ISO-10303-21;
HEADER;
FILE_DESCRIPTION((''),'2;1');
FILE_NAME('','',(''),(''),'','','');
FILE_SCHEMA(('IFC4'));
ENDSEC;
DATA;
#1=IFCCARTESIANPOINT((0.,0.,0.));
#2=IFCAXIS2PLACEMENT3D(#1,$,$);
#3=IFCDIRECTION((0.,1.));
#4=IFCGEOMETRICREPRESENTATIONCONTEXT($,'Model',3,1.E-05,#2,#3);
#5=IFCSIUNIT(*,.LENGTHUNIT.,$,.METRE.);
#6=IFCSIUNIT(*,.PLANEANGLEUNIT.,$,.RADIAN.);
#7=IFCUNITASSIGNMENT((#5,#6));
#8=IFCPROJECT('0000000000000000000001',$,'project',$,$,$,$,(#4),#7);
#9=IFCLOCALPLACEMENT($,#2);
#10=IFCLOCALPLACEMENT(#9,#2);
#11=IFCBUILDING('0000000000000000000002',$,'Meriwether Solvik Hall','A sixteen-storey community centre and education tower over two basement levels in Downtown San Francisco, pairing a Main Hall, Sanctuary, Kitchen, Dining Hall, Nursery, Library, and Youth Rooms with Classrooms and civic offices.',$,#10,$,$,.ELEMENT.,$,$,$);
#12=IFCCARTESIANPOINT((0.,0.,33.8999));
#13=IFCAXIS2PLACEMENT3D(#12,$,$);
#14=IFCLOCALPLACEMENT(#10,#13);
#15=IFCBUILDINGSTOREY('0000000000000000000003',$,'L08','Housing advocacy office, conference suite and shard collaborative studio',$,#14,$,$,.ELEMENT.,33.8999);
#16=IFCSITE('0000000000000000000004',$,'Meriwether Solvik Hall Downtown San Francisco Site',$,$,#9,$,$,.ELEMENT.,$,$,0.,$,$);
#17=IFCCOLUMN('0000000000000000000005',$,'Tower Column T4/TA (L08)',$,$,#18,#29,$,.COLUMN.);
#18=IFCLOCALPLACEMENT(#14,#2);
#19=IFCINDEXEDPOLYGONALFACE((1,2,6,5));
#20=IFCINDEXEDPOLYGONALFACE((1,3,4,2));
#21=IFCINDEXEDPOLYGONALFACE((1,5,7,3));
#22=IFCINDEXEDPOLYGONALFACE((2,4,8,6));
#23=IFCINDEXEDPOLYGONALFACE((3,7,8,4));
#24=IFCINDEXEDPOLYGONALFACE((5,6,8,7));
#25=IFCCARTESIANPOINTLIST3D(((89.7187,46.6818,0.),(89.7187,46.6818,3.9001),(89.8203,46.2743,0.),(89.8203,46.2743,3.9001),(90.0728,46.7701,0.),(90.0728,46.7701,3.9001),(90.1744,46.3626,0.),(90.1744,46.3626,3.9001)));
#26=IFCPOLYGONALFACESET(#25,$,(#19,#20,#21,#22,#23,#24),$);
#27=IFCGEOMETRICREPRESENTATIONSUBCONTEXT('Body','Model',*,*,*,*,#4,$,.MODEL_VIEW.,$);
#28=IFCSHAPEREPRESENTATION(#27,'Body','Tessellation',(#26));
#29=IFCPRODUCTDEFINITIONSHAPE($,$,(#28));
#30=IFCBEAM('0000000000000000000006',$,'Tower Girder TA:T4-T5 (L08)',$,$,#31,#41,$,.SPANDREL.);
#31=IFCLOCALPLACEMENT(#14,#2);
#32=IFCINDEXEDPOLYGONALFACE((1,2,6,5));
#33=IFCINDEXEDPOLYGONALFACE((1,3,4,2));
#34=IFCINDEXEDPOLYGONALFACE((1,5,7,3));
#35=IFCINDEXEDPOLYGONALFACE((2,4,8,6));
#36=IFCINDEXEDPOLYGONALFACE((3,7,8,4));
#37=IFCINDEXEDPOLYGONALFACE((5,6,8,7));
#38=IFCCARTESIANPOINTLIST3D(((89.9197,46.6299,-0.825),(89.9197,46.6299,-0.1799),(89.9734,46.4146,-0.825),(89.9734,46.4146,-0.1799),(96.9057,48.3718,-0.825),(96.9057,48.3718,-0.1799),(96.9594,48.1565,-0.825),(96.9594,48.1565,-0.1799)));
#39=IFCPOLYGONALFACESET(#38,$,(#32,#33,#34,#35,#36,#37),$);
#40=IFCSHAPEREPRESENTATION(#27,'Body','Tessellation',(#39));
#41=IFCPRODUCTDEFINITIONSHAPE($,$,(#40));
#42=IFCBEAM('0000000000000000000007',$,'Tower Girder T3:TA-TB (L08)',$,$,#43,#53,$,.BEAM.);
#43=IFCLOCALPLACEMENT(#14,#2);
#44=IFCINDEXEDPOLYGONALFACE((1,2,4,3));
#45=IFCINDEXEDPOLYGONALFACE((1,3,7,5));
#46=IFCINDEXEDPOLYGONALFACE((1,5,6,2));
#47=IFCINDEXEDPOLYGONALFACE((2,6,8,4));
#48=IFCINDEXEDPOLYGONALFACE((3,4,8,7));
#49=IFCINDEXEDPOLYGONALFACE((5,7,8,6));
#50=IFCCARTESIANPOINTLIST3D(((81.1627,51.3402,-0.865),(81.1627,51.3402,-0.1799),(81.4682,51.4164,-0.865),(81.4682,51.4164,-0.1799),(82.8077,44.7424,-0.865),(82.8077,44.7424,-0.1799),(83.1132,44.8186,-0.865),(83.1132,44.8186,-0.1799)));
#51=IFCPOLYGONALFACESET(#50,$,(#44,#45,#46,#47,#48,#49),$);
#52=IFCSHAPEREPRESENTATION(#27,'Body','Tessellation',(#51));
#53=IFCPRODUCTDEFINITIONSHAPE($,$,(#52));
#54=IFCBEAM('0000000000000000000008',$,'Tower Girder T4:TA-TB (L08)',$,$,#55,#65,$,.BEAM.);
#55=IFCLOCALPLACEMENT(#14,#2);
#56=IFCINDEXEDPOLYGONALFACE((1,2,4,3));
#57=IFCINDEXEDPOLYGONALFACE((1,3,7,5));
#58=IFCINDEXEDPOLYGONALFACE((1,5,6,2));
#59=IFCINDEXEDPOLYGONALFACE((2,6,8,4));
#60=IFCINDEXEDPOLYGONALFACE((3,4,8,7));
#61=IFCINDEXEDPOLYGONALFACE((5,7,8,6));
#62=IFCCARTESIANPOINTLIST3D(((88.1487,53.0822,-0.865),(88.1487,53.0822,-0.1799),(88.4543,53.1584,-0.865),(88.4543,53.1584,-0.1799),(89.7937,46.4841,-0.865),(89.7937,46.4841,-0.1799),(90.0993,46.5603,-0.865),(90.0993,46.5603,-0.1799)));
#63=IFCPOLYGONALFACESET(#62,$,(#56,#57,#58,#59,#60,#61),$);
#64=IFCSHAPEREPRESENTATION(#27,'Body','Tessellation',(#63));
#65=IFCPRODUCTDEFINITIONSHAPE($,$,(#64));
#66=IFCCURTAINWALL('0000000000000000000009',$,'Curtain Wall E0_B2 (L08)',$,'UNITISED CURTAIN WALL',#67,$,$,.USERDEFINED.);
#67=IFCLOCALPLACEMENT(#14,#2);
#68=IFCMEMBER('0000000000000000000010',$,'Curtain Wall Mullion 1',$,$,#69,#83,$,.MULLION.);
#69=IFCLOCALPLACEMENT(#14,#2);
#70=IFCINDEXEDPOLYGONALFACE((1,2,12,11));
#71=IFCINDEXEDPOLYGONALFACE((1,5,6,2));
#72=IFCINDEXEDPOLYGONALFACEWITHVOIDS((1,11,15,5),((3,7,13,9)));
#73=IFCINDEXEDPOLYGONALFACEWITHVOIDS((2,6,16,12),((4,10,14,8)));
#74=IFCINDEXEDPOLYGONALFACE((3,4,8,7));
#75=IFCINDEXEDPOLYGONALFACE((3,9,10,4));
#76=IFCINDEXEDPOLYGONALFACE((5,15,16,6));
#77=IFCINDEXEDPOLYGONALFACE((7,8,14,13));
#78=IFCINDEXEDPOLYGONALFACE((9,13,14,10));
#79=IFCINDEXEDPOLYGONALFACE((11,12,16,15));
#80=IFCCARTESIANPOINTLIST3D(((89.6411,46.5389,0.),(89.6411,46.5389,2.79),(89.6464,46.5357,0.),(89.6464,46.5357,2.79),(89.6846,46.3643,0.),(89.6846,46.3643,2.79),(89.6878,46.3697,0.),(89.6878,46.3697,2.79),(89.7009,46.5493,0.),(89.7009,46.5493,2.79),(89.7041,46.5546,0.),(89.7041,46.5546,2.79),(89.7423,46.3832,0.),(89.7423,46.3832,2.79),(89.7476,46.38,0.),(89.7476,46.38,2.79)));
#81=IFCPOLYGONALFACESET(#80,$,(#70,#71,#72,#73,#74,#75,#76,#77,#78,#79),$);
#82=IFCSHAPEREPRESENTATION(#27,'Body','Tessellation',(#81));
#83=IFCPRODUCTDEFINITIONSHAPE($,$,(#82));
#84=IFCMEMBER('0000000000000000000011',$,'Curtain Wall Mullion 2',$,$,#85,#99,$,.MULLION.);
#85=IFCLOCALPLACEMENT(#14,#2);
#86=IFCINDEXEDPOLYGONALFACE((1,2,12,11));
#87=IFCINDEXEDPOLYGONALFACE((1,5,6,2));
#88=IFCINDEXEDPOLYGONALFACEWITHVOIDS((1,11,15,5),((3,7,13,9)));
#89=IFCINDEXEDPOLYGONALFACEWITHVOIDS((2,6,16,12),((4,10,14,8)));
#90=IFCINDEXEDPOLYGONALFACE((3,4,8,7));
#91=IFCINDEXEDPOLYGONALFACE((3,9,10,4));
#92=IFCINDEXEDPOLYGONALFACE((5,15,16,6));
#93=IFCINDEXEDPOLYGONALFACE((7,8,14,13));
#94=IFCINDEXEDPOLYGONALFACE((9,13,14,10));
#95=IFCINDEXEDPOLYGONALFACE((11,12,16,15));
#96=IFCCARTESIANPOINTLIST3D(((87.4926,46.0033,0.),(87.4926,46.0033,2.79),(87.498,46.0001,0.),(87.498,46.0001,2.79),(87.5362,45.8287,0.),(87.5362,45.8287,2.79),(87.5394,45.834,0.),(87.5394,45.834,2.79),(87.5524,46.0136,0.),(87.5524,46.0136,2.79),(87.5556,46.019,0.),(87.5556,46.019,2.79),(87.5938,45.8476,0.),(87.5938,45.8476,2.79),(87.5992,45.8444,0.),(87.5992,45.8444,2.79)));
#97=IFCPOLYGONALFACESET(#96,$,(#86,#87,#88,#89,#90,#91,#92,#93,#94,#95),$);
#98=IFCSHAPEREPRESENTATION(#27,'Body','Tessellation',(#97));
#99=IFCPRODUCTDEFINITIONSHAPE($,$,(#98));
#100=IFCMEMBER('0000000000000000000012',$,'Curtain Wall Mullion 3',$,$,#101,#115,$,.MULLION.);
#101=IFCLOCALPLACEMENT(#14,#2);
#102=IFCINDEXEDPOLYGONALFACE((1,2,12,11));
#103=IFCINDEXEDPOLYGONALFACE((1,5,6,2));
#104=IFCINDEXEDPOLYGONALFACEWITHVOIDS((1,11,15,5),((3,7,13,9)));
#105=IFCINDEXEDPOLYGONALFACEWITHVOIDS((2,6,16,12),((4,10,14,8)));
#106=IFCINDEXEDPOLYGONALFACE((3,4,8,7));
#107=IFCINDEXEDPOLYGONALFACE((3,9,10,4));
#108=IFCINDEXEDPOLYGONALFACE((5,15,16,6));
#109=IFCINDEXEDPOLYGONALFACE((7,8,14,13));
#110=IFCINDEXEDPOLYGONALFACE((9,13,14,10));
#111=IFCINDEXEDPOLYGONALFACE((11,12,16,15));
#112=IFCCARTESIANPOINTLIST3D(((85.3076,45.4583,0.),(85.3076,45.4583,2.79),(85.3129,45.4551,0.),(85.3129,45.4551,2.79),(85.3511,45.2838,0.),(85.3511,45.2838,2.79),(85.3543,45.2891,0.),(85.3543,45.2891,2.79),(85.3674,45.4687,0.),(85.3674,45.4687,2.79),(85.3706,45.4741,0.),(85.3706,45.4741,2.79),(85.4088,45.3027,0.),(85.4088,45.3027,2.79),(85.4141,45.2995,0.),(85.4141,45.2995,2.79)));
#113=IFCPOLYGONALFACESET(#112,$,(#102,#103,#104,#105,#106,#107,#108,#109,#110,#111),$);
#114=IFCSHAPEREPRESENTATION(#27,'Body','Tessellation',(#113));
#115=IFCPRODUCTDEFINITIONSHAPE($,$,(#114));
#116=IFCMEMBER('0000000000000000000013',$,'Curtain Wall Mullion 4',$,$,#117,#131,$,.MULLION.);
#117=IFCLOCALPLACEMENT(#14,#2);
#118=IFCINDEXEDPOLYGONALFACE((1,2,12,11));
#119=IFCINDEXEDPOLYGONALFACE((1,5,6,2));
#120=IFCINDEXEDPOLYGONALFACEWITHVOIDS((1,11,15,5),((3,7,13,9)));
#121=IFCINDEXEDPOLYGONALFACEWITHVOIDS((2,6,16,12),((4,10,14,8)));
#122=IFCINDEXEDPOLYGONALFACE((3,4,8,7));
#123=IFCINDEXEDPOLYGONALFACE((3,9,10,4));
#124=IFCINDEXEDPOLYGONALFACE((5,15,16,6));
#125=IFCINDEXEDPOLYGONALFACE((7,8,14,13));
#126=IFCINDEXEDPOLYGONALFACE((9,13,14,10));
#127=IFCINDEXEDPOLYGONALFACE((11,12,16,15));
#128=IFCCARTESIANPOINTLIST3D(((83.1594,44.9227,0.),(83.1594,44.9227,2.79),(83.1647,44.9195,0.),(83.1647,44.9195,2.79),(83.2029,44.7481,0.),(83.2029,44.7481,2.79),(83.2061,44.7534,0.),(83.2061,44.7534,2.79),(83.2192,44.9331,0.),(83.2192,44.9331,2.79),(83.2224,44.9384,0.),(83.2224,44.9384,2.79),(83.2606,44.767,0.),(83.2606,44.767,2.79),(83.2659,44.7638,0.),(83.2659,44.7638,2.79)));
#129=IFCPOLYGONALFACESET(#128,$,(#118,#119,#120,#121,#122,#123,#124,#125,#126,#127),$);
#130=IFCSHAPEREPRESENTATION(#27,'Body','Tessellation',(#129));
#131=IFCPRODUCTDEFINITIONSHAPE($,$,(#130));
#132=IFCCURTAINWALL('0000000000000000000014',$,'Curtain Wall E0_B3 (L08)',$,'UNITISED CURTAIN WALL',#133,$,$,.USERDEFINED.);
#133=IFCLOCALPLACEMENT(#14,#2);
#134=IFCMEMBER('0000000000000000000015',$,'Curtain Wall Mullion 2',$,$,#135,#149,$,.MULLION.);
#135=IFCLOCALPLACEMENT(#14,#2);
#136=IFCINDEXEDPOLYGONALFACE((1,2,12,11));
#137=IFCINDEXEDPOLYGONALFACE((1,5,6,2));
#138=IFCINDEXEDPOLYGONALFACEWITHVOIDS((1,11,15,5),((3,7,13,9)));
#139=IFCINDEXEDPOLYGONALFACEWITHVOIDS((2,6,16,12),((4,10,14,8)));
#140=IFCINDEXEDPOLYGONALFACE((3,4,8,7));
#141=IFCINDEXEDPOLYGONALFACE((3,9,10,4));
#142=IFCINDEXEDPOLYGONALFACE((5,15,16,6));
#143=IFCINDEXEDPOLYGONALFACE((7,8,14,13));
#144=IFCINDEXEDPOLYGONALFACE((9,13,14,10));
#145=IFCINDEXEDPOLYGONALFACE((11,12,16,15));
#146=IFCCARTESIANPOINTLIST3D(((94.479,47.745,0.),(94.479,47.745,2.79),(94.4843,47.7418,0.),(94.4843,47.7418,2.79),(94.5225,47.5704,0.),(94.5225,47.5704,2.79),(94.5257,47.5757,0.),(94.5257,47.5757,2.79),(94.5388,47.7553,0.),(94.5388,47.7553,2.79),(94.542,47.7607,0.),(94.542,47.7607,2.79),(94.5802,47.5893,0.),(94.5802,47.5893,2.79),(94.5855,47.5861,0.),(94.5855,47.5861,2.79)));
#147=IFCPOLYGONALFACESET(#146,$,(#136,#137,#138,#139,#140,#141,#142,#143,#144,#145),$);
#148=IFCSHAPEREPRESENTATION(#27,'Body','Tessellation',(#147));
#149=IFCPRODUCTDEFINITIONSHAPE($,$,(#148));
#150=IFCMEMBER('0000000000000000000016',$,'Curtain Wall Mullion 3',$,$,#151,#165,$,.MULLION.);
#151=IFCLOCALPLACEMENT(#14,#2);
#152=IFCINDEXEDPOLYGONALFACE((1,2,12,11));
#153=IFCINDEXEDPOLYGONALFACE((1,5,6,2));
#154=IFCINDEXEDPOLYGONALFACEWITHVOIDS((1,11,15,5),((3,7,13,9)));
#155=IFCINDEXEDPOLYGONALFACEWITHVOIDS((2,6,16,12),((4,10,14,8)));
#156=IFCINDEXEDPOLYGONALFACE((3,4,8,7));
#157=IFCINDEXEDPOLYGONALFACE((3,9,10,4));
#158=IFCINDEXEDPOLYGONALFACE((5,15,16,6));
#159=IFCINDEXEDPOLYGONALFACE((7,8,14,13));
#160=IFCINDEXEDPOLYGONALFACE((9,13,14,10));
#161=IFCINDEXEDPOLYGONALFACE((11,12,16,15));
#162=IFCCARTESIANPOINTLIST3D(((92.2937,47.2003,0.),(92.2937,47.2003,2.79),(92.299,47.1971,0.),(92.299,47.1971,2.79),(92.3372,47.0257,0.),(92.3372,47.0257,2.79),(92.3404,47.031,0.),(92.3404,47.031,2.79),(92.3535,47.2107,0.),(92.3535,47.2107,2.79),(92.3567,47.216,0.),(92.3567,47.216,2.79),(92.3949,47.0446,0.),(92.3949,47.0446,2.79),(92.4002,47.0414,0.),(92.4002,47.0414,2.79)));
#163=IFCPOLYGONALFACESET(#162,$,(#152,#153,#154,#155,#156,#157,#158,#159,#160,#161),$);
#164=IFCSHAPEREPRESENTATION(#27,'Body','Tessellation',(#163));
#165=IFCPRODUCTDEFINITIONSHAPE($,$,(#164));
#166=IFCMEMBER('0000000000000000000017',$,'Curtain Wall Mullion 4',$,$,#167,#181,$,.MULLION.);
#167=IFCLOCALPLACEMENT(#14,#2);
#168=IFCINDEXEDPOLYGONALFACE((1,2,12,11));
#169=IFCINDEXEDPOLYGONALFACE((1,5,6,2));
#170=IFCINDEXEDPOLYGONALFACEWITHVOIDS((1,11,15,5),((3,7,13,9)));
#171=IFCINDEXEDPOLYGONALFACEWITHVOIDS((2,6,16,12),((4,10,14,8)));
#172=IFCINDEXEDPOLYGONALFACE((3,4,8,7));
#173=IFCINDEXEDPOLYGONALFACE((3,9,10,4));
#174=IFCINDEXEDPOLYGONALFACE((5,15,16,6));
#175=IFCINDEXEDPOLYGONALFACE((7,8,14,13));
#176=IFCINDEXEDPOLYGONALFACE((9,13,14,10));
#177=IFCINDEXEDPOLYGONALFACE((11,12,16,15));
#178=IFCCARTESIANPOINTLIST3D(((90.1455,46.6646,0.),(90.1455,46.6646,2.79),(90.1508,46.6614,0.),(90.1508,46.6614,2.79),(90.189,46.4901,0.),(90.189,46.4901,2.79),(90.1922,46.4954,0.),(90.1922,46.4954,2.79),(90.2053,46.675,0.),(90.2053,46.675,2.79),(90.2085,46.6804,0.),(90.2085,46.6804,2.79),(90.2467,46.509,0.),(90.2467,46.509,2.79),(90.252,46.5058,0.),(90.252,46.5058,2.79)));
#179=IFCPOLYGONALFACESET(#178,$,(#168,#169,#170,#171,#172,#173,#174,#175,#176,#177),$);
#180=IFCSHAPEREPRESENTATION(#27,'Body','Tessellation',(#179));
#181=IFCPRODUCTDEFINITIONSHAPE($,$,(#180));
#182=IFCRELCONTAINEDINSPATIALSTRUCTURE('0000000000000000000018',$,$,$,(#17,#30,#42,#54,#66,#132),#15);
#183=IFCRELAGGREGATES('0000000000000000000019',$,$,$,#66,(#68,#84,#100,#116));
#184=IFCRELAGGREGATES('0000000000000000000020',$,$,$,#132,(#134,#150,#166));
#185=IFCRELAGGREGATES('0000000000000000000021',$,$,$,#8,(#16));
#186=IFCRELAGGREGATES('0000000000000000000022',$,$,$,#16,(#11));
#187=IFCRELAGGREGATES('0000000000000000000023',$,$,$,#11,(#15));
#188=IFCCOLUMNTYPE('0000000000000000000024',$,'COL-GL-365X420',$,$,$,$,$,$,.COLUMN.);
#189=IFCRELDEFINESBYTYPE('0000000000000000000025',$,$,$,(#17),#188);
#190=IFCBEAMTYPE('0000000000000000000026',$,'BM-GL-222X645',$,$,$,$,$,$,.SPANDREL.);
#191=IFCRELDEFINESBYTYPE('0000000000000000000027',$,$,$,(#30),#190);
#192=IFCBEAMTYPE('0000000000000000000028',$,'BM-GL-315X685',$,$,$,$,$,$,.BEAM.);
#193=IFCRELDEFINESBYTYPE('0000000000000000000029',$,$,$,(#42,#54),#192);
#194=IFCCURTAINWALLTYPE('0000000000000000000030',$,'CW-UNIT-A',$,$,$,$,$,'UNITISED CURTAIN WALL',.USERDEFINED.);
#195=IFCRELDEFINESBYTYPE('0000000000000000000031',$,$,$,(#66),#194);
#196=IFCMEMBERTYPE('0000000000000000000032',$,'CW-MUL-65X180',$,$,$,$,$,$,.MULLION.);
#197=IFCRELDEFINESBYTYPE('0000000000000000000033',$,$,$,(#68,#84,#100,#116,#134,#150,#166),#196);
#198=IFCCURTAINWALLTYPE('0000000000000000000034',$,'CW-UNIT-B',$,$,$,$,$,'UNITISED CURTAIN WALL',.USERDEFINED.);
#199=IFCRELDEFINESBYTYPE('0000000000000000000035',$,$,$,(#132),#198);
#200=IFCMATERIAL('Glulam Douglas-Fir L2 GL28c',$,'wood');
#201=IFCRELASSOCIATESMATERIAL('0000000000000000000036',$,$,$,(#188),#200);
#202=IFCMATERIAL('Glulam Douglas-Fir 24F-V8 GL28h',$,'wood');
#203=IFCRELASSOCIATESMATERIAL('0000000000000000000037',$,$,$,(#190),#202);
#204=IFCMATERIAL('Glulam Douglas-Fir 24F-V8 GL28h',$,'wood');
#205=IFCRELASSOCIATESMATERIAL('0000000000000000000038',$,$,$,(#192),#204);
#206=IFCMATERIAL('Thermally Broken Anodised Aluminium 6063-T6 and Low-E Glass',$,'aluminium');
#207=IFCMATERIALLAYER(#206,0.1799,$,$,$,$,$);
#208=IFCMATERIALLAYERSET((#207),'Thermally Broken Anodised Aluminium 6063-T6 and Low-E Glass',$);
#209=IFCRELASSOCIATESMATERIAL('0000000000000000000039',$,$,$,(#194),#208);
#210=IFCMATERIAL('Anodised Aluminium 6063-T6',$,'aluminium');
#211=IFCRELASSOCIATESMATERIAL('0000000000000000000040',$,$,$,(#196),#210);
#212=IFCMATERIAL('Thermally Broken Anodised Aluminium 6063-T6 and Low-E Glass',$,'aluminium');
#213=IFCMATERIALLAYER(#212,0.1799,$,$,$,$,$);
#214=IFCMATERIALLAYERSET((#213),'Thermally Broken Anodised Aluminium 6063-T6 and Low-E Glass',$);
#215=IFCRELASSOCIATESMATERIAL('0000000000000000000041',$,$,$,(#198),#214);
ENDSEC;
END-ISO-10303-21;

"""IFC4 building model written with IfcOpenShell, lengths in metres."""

from ifc_helpers import new_model, si_unit, direction, frame, origin, origin_2d, place, context, subcontext, project, spatial, rectangle, hollow_rectangle, extrude, material, layer, layer_set, material_profile, profile_set, type_object, element, aggregate, save


model = new_model("IFC4")

# Units and contexts
model_context = context("Model", 3, precision=1e-05, world=origin(), true_north=direction((0.0, 1.0)))
body_context = subcontext(model_context, "Body", "Model", "MODEL_VIEW")
ifc_project = project(units=[si_unit("LENGTHUNIT", "METRE"), si_unit("PLANEANGLEUNIT", "RADIAN")], contexts=[model_context])

# Site, building, storey
site_placement = place(None, origin())
site = spatial("IfcSite", under=ifc_project, at=site_placement, Name="Meriwether Solvik Hall Downtown San Francisco Site", CompositionType="ELEMENT", RefElevation=0.0)
building_placement = place(site_placement, origin())
building = spatial("IfcBuilding", under=site, at=building_placement, Name="Meriwether Solvik Hall", Description="A sixteen-storey community centre and education tower over two basement levels in Downtown San Francisco, pairing a Main Hall, Sanctuary, Kitchen, Dining Hall, Nursery, Library, and Youth Rooms with Classrooms and civic offices.", CompositionType="ELEMENT")
storey_placement = place(building_placement, frame((0.0, 0.0, 33.8999)))
storey = spatial("IfcBuildingStorey", under=building, at=storey_placement, Name="L08", Description="Housing advocacy office, conference suite and shard collaborative studio", CompositionType="ELEMENT", Elevation=33.8999)

# Column
ifc_material_1 = material(Name="Glulam Douglas-Fir L2 GL28c", Category="wood")
ifc_material_profile_1 = material_profile(ifc_material_1, rectangle(XDim=0.365, YDim=0.4199, at=origin_2d()), Name="GLC-365X420")
ifc_profile_set_1 = profile_set([ifc_material_profile_1], Name="Glulam Douglas-Fir L2 GL28c")
column_type = type_object("IfcColumnType", Name="COL-GL-365X420", PredefinedType="COLUMN", material=ifc_profile_set_1)
column_placement = place(storey_placement, frame((89.9465, 46.5222, 0.0), z_axis=(0.0, 0.0, 1.0), x_axis=(0.970296, 0.241922, 0.0)))
element("IfcColumn", 1, at=column_placement, inside=storey, type_object=column_type, Name="Tower Column T4/TA (L08)", PredefinedType="COLUMN", context=body_context, shape_type="SweptSolid", body=[
    extrude(rectangle(XDim=0.365, YDim=0.4199, at=origin_2d()), origin(), (0.0, 0.0, 1.0), 3.9001),
])

# Beams
ifc_material_2 = material(Name="Glulam Douglas-Fir 24F-V8 GL28h", Category="wood")
ifc_material_profile_2 = material_profile(ifc_material_2, rectangle(XDim=0.2219, YDim=0.645, at=origin_2d()), Name="GLB-222X645")
ifc_profile_set_2 = profile_set([ifc_material_profile_2], Name="Glulam Douglas-Fir 24F-V8 GL28h")
beam_type_1 = type_object("IfcBeamType", Name="BM-GL-222X645", PredefinedType="SPANDREL", material=ifc_profile_set_2)
beam_1_placement = place(storey_placement, frame((89.9465, 46.5222, -0.5024), z_axis=(0.970292, 0.241937, 0.0), x_axis=(-0.241937, 0.970292, 0.0)))
element("IfcBeam", 2, at=beam_1_placement, inside=storey, type_object=beam_type_1, Name="Tower Girder TA:T4-T5 (L08)", PredefinedType="SPANDREL", context=body_context, shape_type="SweptSolid", body=[
    extrude(rectangle(XDim=0.2219, YDim=0.645, at=origin_2d()), origin(), (0.0, 0.0, 1.0), 7.2),
])
ifc_material_3 = material(Name="Glulam Douglas-Fir 24F-V8 GL28h", Category="wood")
ifc_material_profile_3 = material_profile(ifc_material_3, rectangle(XDim=0.3149, YDim=0.6851, at=origin_2d()), Name="GLB-315X685")
ifc_profile_set_3 = profile_set([ifc_material_profile_3], Name="Glulam Douglas-Fir 24F-V8 GL28h")
beam_type_2 = type_object("IfcBeamType", Name="BM-GL-315X685", PredefinedType="BEAM", material=ifc_profile_set_3)
beam_2_placement = place(storey_placement, frame((82.9604, 44.7805, -0.5225), z_axis=(-0.241919, 0.970296, 0.0), x_axis=(-0.970296, -0.241919, 0.0)))
element("IfcBeam", 3, at=beam_2_placement, inside=storey, type_object=beam_type_2, Name="Tower Girder T3:TA-TB (L08)", PredefinedType="BEAM", context=body_context, shape_type="SweptSolid", body=[
    extrude(rectangle(XDim=0.3149, YDim=0.6851, at=origin_2d()), origin(), (0.0, 0.0, 1.0), 6.7998),
])
beam_3_placement = place(storey_placement, frame((89.9465, 46.5222, -0.5225), z_axis=(-0.24191, 0.970299, 0.0), x_axis=(-0.970299, -0.24191, 0.0)))
element("IfcBeam", 4, at=beam_3_placement, inside=storey, type_object=beam_type_2, Name="Tower Girder T4:TA-TB (L08)", PredefinedType="BEAM", context=body_context, shape_type="SweptSolid", body=[
    extrude(rectangle(XDim=0.3149, YDim=0.6851, at=origin_2d()), origin(), (0.0, 0.0, 1.0), 6.8),
])

# Curtain walls, members
ifc_material_4 = material(Name="Thermally Broken Anodised Aluminium 6063-T6 and Low-E Glass", Category="aluminium")
ifc_layer_1 = layer(ifc_material_4, 0.1799)
ifc_layer_set_1 = layer_set([ifc_layer_1], Name="Thermally Broken Anodised Aluminium 6063-T6 and Low-E Glass")
curtain_wall_type_1 = type_object("IfcCurtainWallType", Name="CW-UNIT-A", ElementType="UNITISED CURTAIN WALL", PredefinedType="USERDEFINED", material=ifc_layer_set_1)
curtain_wall_1_placement = place(storey_placement, origin())
curtain_wall_1 = element("IfcCurtainWall", 5, at=curtain_wall_1_placement, inside=storey, type_object=curtain_wall_type_1, Name="Curtain Wall E0_B2 (L08)", ObjectType="UNITISED CURTAIN WALL", PredefinedType="USERDEFINED")
ifc_material_5 = material(Name="Anodised Aluminium 6063-T6", Category="aluminium")
ifc_material_profile_4 = material_profile(ifc_material_5, hollow_rectangle(XDim=0.0649, YDim=0.1799, WallThickness=0.0044, at=origin_2d()), Name="CWM-65X180")
ifc_profile_set_4 = profile_set([ifc_material_profile_4], Name="Anodised Aluminium 6063-T6")
member_type_1 = type_object("IfcMemberType", Name="CW-MUL-65X180", PredefinedType="MULLION", material=ifc_profile_set_4)
member_1_placement = place(storey_placement, frame((89.6943, 46.4595, 0.0), z_axis=(0.0, 0.0, 1.0), x_axis=(-0.970296, -0.241922, 0.0)))
member_1 = element("IfcMember", 6, at=member_1_placement, type_object=member_type_1, Name="Curtain Wall Mullion 1", PredefinedType="MULLION", context=body_context, shape_type="SweptSolid", body=[
    extrude(hollow_rectangle(XDim=0.0649, YDim=0.1799, WallThickness=0.0044, at=origin_2d()), origin(), (0.0, 0.0, 1.0), 2.79),
])
member_2_placement = place(storey_placement, frame((87.5459, 45.9238, 0.0), z_axis=(0.0, 0.0, 1.0), x_axis=(-0.970296, -0.241922, 0.0)))
member_2 = element("IfcMember", 7, at=member_2_placement, type_object=member_type_1, Name="Curtain Wall Mullion 2", PredefinedType="MULLION", context=body_context, shape_type="SweptSolid", body=[
    extrude(hollow_rectangle(XDim=0.0649, YDim=0.1799, WallThickness=0.0044, at=origin_2d()), origin(), (0.0, 0.0, 1.0), 2.79),
])
member_3_placement = place(storey_placement, frame((85.3608, 45.3789, 0.0), z_axis=(0.0, 0.0, 1.0), x_axis=(-0.970296, -0.241922, 0.0)))
member_3 = element("IfcMember", 8, at=member_3_placement, type_object=member_type_1, Name="Curtain Wall Mullion 3", PredefinedType="MULLION", context=body_context, shape_type="SweptSolid", body=[
    extrude(hollow_rectangle(XDim=0.0649, YDim=0.1799, WallThickness=0.0044, at=origin_2d()), origin(), (0.0, 0.0, 1.0), 2.79),
])
member_4_placement = place(storey_placement, frame((83.2126, 44.8433, 0.0), z_axis=(0.0, 0.0, 1.0), x_axis=(-0.970296, -0.241922, 0.0)))
member_4 = element("IfcMember", 9, at=member_4_placement, type_object=member_type_1, Name="Curtain Wall Mullion 4", PredefinedType="MULLION", context=body_context, shape_type="SweptSolid", body=[
    extrude(hollow_rectangle(XDim=0.0649, YDim=0.1799, WallThickness=0.0044, at=origin_2d()), origin(), (0.0, 0.0, 1.0), 2.79),
])
ifc_material_6 = material(Name="Thermally Broken Anodised Aluminium 6063-T6 and Low-E Glass", Category="aluminium")
ifc_layer_2 = layer(ifc_material_6, 0.1799)
ifc_layer_set_2 = layer_set([ifc_layer_2], Name="Thermally Broken Anodised Aluminium 6063-T6 and Low-E Glass")
curtain_wall_type_2 = type_object("IfcCurtainWallType", Name="CW-UNIT-B", ElementType="UNITISED CURTAIN WALL", PredefinedType="USERDEFINED", material=ifc_layer_set_2)
curtain_wall_2_placement = place(storey_placement, origin())
curtain_wall_2 = element("IfcCurtainWall", 10, at=curtain_wall_2_placement, inside=storey, type_object=curtain_wall_type_2, Name="Curtain Wall E0_B3 (L08)", ObjectType="UNITISED CURTAIN WALL", PredefinedType="USERDEFINED")
member_5_placement = place(storey_placement, frame((94.5322, 47.6655, 0.0), z_axis=(0.0, 0.0, 1.0), x_axis=(-0.970296, -0.241922, 0.0)))
member_5 = element("IfcMember", 11, at=member_5_placement, type_object=member_type_1, Name="Curtain Wall Mullion 2", PredefinedType="MULLION", context=body_context, shape_type="SweptSolid", body=[
    extrude(hollow_rectangle(XDim=0.0649, YDim=0.1799, WallThickness=0.0044, at=origin_2d()), origin(), (0.0, 0.0, 1.0), 2.79),
])
member_6_placement = place(storey_placement, frame((92.3469, 47.1208, 0.0), z_axis=(0.0, 0.0, 1.0), x_axis=(-0.970296, -0.241922, 0.0)))
member_6 = element("IfcMember", 12, at=member_6_placement, type_object=member_type_1, Name="Curtain Wall Mullion 3", PredefinedType="MULLION", context=body_context, shape_type="SweptSolid", body=[
    extrude(hollow_rectangle(XDim=0.0649, YDim=0.1799, WallThickness=0.0044, at=origin_2d()), origin(), (0.0, 0.0, 1.0), 2.79),
])
member_7_placement = place(storey_placement, frame((90.1987, 46.5852, 0.0), z_axis=(0.0, 0.0, 1.0), x_axis=(-0.970296, -0.241922, 0.0)))
member_7 = element("IfcMember", 13, at=member_7_placement, type_object=member_type_1, Name="Curtain Wall Mullion 4", PredefinedType="MULLION", context=body_context, shape_type="SweptSolid", body=[
    extrude(hollow_rectangle(XDim=0.0649, YDim=0.1799, WallThickness=0.0044, at=origin_2d()), origin(), (0.0, 0.0, 1.0), 2.79),
])

aggregate(curtain_wall_1, [member_1, member_2, member_3, member_4])
aggregate(curtain_wall_2, [member_5, member_6, member_7])

save(model, "model.ifc")
